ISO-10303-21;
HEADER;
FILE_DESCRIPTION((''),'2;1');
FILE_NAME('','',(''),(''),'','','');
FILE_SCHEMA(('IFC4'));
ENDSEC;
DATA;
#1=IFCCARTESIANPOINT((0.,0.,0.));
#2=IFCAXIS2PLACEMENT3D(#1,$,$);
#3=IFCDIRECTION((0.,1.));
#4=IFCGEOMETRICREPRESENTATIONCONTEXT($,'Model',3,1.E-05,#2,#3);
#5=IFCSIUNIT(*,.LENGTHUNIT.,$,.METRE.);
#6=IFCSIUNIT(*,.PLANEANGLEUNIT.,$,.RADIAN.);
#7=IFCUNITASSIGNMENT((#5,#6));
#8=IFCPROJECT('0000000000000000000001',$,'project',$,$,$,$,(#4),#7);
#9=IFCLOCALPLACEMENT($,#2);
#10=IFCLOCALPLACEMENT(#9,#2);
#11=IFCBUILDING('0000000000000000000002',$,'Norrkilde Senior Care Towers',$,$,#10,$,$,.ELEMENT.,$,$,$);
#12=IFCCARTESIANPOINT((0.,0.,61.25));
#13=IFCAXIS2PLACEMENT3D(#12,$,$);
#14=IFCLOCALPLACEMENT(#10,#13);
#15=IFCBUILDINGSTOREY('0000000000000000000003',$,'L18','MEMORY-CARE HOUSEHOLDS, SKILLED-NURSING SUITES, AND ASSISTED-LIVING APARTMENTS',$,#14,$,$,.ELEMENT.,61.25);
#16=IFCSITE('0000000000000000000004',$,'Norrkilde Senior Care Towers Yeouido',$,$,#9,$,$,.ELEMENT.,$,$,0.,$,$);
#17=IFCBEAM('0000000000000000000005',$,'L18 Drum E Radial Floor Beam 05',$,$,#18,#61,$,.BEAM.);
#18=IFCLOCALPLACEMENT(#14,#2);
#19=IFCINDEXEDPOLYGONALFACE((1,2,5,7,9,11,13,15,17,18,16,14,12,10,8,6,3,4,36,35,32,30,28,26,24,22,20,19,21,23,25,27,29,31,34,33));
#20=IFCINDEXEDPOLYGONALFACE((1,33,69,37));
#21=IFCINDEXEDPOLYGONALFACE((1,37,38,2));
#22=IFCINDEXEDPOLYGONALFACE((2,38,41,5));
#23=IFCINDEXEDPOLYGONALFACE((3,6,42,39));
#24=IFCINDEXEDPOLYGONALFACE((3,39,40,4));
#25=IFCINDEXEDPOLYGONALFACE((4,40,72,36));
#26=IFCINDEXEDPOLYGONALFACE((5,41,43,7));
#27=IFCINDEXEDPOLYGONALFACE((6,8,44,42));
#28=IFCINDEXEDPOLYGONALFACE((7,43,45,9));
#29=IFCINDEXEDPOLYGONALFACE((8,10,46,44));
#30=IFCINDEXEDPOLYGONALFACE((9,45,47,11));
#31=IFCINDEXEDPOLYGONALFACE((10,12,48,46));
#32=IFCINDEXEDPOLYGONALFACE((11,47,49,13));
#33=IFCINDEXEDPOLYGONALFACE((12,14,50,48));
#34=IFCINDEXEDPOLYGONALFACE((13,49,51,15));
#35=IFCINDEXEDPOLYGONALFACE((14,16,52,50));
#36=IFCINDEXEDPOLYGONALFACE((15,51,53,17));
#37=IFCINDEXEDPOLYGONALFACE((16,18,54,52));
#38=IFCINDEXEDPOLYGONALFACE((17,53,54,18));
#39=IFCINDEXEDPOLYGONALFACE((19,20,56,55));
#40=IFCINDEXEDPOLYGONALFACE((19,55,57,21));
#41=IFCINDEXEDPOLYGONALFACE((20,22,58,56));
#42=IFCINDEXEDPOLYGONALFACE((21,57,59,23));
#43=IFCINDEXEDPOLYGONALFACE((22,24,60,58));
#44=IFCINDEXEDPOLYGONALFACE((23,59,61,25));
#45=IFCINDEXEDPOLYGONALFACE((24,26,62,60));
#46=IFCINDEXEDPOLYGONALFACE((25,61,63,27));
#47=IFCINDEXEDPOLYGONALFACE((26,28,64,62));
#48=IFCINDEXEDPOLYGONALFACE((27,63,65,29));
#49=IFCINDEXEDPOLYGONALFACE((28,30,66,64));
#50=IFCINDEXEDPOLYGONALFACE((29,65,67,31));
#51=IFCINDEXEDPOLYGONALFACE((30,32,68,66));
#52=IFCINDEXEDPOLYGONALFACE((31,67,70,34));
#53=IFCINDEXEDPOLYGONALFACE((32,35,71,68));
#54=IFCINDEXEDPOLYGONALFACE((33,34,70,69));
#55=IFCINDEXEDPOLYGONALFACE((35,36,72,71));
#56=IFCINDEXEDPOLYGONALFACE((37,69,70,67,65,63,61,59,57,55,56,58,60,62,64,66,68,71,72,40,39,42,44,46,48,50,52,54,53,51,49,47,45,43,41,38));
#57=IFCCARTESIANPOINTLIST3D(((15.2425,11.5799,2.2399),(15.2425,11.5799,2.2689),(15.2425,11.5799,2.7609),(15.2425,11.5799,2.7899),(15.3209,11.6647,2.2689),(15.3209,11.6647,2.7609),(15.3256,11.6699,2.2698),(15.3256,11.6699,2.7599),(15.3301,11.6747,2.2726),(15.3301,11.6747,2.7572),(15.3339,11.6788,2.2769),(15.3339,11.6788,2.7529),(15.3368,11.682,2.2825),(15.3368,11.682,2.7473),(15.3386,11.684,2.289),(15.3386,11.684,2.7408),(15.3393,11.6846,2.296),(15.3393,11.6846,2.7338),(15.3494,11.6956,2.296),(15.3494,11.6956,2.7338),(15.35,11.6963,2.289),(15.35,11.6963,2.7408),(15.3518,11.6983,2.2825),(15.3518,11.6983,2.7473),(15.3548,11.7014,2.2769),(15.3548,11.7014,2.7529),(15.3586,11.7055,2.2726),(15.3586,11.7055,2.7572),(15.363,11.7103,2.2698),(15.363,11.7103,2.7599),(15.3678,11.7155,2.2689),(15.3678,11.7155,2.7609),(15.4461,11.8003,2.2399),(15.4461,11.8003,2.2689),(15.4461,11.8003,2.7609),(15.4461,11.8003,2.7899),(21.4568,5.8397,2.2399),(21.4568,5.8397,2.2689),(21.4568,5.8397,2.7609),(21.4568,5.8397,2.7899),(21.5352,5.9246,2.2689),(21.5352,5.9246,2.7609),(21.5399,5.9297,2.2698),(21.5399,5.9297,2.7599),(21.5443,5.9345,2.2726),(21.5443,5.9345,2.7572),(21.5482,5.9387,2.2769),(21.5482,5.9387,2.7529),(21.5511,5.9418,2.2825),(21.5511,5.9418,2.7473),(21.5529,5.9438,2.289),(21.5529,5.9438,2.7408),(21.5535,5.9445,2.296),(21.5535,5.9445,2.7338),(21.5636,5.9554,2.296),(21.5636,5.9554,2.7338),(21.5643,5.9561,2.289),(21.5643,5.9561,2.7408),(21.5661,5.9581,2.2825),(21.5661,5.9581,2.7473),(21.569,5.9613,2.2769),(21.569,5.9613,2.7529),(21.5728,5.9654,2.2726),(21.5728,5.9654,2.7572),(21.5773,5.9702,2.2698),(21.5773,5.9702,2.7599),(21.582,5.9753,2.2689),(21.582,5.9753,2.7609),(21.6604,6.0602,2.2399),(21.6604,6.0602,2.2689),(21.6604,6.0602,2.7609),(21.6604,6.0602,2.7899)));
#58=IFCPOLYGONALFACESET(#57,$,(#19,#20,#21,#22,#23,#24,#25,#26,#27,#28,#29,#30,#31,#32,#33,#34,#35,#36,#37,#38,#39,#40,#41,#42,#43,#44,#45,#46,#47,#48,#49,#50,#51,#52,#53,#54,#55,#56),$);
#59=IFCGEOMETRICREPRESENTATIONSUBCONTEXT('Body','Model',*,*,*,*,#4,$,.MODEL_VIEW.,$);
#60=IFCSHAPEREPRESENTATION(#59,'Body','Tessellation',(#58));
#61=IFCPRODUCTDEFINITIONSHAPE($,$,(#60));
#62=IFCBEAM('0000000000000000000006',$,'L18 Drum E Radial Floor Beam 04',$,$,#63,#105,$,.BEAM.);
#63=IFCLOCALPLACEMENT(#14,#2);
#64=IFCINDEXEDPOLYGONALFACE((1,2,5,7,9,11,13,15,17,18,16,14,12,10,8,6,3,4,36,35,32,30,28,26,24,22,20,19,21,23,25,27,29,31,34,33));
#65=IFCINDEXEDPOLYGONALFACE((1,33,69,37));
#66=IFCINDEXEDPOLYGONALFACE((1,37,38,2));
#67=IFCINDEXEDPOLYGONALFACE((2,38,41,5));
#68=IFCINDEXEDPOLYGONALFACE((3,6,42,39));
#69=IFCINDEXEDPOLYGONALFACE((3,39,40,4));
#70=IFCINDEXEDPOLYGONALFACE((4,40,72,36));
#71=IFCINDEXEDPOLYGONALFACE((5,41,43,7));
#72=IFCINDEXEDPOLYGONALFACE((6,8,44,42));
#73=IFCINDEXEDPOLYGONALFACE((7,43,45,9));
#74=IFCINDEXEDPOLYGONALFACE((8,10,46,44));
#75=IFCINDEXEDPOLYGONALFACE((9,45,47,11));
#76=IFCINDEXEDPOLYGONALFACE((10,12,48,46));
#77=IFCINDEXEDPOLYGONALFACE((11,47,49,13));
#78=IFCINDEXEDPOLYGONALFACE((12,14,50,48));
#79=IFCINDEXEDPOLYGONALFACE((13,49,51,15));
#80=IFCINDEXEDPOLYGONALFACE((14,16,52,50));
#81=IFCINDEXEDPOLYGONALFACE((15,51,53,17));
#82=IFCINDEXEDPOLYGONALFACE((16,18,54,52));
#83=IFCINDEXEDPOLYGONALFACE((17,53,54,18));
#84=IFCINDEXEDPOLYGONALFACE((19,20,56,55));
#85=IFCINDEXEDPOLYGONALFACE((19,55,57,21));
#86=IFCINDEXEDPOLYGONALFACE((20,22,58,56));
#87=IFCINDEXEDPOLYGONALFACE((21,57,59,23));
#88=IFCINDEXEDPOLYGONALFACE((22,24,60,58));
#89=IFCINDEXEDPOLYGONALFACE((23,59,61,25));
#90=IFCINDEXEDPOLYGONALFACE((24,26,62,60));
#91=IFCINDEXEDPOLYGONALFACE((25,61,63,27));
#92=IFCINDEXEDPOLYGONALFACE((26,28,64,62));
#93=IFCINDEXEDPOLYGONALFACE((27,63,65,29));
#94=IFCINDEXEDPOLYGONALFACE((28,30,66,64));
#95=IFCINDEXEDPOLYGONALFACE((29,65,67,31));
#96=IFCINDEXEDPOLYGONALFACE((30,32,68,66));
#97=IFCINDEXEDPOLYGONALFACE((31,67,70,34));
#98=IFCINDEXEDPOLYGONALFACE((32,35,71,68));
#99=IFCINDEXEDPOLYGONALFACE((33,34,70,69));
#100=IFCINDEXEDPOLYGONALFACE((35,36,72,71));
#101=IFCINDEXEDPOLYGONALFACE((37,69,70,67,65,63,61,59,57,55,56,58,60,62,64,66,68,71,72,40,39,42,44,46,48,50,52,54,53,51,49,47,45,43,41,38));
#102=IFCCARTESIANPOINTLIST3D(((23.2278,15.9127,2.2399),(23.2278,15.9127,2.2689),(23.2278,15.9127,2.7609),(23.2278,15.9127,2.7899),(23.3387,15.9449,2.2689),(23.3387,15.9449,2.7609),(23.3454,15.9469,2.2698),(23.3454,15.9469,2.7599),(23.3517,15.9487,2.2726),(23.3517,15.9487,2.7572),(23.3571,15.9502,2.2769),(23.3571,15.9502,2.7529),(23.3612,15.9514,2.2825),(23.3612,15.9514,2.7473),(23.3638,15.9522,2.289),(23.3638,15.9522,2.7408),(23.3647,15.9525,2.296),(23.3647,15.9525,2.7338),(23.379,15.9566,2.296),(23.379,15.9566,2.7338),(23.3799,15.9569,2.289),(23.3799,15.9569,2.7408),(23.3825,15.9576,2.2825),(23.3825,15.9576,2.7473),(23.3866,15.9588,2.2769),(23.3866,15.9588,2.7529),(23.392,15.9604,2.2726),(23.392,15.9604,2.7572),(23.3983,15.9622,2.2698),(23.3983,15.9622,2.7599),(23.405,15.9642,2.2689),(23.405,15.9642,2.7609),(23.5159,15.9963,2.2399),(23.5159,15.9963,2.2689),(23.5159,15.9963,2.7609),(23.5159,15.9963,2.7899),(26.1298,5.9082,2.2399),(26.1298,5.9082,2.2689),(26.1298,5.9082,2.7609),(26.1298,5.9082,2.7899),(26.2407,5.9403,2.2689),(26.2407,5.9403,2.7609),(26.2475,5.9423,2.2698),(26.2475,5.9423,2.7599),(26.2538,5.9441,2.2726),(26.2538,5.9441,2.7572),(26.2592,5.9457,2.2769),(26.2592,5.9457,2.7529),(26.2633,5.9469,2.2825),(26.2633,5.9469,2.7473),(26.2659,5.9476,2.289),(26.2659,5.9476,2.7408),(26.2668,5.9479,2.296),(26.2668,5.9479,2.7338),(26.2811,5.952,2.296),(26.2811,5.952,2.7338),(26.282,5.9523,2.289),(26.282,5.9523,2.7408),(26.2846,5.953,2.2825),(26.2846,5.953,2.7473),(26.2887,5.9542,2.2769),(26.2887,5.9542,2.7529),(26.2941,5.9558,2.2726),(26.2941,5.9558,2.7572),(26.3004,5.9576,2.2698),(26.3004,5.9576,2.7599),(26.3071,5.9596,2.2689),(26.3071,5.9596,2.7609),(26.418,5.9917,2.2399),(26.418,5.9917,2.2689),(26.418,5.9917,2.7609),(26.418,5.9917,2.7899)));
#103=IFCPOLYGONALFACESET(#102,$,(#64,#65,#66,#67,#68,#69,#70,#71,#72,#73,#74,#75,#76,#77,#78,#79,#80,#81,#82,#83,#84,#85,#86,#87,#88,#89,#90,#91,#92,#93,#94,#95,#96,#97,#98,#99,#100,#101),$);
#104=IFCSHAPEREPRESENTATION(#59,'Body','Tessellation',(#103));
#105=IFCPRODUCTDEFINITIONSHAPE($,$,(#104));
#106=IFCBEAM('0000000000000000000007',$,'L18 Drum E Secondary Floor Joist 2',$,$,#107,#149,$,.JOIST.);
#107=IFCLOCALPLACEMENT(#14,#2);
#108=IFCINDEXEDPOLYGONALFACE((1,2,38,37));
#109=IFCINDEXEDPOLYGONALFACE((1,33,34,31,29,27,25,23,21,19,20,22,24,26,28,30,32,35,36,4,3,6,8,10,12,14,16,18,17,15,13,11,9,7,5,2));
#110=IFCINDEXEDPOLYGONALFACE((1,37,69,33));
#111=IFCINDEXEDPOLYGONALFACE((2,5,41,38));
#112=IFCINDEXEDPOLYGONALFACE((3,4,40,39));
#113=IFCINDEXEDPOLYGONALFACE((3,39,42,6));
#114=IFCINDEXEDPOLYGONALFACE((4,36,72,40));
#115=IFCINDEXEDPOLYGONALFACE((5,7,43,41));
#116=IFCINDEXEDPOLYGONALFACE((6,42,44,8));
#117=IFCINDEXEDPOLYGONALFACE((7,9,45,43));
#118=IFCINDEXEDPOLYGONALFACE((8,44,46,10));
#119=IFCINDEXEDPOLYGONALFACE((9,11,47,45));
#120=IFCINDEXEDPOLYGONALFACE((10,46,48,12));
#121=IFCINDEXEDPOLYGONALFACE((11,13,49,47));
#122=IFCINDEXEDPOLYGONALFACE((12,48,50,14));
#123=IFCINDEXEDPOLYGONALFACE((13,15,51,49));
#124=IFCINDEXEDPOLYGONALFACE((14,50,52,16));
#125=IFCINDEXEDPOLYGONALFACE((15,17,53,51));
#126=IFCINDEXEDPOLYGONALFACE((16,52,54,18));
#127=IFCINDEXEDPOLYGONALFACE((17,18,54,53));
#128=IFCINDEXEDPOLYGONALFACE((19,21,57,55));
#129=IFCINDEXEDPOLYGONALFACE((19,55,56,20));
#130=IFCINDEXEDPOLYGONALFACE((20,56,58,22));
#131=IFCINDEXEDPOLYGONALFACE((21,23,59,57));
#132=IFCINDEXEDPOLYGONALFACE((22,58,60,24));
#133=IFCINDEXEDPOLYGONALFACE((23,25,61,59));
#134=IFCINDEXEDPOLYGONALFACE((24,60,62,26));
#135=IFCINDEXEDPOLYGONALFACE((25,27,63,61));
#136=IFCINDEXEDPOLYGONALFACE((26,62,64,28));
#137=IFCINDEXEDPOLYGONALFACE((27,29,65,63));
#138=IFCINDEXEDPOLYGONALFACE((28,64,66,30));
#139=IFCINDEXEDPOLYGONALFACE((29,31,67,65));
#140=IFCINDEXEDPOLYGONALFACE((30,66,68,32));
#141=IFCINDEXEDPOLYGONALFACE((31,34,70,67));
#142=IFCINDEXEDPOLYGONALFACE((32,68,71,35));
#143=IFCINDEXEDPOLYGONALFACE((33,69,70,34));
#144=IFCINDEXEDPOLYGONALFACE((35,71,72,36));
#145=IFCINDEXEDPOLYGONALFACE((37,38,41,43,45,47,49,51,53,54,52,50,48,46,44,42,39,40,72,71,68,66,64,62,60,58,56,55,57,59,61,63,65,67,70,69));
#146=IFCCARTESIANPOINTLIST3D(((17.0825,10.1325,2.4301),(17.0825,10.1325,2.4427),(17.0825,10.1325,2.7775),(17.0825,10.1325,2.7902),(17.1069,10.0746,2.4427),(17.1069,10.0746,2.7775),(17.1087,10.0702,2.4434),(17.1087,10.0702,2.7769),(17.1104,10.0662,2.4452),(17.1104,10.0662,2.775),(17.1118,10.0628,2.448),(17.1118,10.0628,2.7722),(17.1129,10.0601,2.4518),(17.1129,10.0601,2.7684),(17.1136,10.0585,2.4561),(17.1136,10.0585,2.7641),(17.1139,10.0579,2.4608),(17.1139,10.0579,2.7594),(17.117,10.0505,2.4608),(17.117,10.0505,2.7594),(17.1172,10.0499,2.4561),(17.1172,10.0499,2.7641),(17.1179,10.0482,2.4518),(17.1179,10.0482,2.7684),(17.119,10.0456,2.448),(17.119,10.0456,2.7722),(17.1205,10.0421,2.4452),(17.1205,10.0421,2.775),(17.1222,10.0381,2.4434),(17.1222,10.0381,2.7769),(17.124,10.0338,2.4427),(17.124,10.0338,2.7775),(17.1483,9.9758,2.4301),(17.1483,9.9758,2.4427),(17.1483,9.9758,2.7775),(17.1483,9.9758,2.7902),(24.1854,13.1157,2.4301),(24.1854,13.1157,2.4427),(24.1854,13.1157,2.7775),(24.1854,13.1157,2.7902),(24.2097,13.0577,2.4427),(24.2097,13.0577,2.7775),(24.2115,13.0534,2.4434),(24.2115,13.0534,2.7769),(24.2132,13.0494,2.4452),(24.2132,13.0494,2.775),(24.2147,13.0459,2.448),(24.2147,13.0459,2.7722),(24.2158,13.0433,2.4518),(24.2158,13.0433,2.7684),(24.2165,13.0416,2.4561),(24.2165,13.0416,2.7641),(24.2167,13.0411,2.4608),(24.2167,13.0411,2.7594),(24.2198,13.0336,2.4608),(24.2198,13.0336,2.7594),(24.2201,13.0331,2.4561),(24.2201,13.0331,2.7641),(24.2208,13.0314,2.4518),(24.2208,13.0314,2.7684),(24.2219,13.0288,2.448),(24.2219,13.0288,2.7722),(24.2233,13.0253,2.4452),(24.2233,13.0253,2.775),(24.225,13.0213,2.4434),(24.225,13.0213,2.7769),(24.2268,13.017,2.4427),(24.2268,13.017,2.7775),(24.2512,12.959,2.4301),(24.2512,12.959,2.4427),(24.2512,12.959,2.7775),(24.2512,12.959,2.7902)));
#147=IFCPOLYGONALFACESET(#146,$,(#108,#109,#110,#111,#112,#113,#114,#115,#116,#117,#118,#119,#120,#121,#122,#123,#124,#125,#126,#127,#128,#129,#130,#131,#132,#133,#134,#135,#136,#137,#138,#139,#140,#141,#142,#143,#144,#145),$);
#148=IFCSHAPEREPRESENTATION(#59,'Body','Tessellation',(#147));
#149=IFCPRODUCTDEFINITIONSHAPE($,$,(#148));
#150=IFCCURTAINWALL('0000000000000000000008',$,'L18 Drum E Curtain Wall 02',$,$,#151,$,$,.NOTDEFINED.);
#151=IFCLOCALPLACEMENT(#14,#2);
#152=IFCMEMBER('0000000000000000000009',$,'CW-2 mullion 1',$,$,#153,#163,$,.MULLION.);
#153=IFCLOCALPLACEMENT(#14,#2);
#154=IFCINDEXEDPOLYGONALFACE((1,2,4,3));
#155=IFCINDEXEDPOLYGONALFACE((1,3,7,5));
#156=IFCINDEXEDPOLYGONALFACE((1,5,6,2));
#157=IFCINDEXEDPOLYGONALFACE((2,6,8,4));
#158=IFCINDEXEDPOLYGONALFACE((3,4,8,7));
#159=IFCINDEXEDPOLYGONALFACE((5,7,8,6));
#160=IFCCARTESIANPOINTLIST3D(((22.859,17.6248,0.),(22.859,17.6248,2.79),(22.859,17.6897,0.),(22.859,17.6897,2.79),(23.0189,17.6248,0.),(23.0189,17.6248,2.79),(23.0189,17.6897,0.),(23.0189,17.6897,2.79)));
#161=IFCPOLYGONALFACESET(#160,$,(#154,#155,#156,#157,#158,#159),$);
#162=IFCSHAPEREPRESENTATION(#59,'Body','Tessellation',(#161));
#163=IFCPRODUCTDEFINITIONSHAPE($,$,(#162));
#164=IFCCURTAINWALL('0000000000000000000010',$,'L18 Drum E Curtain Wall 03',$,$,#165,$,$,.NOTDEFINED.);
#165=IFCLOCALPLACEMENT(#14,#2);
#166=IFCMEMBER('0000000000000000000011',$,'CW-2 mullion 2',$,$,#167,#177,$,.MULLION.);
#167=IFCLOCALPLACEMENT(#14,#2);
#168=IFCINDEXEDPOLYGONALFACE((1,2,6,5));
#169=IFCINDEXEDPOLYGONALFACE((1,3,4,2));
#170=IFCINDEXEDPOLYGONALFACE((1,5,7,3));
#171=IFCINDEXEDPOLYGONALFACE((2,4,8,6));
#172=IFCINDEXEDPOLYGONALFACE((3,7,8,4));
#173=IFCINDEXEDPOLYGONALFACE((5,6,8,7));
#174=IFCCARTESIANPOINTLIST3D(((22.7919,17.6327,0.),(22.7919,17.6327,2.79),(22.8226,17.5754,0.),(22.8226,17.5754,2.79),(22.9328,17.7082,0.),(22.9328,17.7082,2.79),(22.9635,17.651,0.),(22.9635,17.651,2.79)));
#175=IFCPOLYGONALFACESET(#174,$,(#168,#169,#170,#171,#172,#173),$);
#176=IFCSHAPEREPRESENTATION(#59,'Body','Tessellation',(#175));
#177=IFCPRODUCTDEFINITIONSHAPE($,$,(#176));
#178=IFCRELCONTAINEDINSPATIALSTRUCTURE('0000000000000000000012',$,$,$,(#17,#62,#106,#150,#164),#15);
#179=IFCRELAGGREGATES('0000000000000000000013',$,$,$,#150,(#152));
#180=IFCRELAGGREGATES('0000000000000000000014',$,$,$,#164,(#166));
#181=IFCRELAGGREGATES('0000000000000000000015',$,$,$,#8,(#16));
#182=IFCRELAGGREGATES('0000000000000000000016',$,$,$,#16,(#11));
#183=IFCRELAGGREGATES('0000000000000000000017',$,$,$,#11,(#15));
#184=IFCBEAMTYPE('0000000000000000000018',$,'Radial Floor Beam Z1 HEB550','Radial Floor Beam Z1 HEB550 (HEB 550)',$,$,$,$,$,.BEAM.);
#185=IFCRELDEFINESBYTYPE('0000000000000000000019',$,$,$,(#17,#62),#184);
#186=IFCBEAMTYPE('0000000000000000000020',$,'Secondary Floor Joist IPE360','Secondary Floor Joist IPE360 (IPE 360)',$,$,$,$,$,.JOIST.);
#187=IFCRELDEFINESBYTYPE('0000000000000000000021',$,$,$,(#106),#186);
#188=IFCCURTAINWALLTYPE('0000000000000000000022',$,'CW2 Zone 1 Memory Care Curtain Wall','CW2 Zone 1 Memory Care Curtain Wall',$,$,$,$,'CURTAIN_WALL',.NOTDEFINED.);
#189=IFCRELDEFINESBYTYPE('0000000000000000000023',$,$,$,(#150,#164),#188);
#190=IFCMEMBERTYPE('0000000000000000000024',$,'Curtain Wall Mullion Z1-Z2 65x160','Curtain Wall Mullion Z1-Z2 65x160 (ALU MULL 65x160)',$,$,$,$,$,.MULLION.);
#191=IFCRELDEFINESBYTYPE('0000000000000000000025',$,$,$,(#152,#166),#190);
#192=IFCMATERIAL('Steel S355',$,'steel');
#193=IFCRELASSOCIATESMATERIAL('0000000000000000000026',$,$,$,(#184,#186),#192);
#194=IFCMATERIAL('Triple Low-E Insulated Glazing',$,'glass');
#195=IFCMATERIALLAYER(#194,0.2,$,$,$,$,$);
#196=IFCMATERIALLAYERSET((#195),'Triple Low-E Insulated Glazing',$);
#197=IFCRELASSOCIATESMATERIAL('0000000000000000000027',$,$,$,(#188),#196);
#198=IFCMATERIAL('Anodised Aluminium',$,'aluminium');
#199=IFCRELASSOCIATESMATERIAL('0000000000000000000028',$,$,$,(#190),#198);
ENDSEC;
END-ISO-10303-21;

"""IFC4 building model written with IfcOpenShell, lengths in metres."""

from ifc_helpers import new_model, si_unit, direction, frame, origin, origin_2d, place, context, subcontext, project, spatial, rectangle, i_section, extrude, source, transform, mapped, material, layer, layer_set, material_profile, profile_set, type_object, type_shapes, element, aggregate, save


model = new_model("IFC4")

# Units and contexts
model_context = context("Model", 3, precision=1e-05, world=origin(), true_north=direction((0.0, 1.0)))
body_context = subcontext(model_context, "Body", "Model", "MODEL_VIEW")
ifc_project = project(units=[si_unit("LENGTHUNIT", "METRE"), si_unit("PLANEANGLEUNIT", "RADIAN")], contexts=[model_context])

# Site, building, storey
site_placement = place(None, origin())
site = spatial("IfcSite", under=ifc_project, at=site_placement, Name="Norrkilde Senior Care Towers Yeouido", CompositionType="ELEMENT", RefElevation=0.0)
building_placement = place(site_placement, origin())
building = spatial("IfcBuilding", under=site, at=building_placement, Name="Norrkilde Senior Care Towers", CompositionType="ELEMENT")
storey_placement = place(building_placement, frame((0.0, 0.0, 61.25)))
storey = spatial("IfcBuildingStorey", under=building, at=storey_placement, Name="L18", Description="MEMORY-CARE HOUSEHOLDS, SKILLED-NURSING SUITES, AND ASSISTED-LIVING APARTMENTS", CompositionType="ELEMENT", Elevation=61.25)

# Beams
ifc_material_1 = material(Name="Steel S355", Category="steel")
ifc_material_profile_1 = material_profile(ifc_material_1, i_section(OverallWidth=0.3, OverallDepth=0.55, WebThickness=0.0149, FlangeThickness=0.0291, FilletRadius=0.0271, at=origin_2d()), Name="HEB 550")
ifc_profile_set_1 = profile_set([ifc_material_profile_1], Name="Steel S355")
beam_type_1 = type_object("IfcBeamType", Name="Radial Floor Beam Z1 HEB550", Description="Radial Floor Beam Z1 HEB550 (HEB 550)", PredefinedType="BEAM", material=ifc_profile_set_1)
shared_shape_1 = source(origin(), body_context, "Body", "SweptSolid", [
    extrude(i_section(OverallWidth=0.3, OverallDepth=0.55, WebThickness=0.0149, FlangeThickness=0.0291, FilletRadius=0.0271, at=origin_2d()), origin(), (0.0, 0.0, 1.0), 8.4597),
])
beam_1_placement = place(storey_placement, frame((21.5586, 5.95, 2.5149), z_axis=(-0.734573, 0.678529, 0.0), x_axis=(-0.678529, -0.734573, 0.0)))
element("IfcBeam", 1, at=beam_1_placement, inside=storey, type_object=beam_type_1, Name="L18 Drum E Radial Floor Beam 05", PredefinedType="BEAM", context=body_context, shape_type="MappedRepresentation", body=[
    mapped(shared_shape_1, transform((0.0, 0.0, 0.0), x_axis=(1.0, 0.0, 0.0), y_axis=(0.0, 1.0, 0.0), z_axis=(0.0, 0.0, 1.0), scale=1.0)),
])
shared_shape_2 = source(origin(), body_context, "Body", "SweptSolid", [
    extrude(i_section(OverallWidth=0.3, OverallDepth=0.55, WebThickness=0.0149, FlangeThickness=0.0291, FilletRadius=0.0271, at=origin_2d()), origin(), (0.0, 0.0, 1.0), 10.417),
])
beam_2_placement = place(storey_placement, frame((26.2739, 5.95, 2.5149), z_axis=(-0.278591, 0.96041, 0.0), x_axis=(-0.96041, -0.278591, 0.0)))
element("IfcBeam", 2, at=beam_2_placement, inside=storey, type_object=beam_type_1, Name="L18 Drum E Radial Floor Beam 04", PredefinedType="BEAM", context=body_context, shape_type="MappedRepresentation", body=[
    mapped(shared_shape_2, transform((0.0, 0.0, 0.0), x_axis=(1.0, 0.0, 0.0), y_axis=(0.0, 1.0, 0.0), z_axis=(0.0, 0.0, 1.0), scale=1.0)),
])
ifc_material_profile_2 = material_profile(ifc_material_1, i_section(OverallWidth=0.1699, OverallDepth=0.3601, WebThickness=0.0081, FlangeThickness=0.0127, FilletRadius=0.0181, at=origin_2d()), Name="IPE 360")
ifc_profile_set_2 = profile_set([ifc_material_profile_2], Name="Steel S355")
beam_type_2 = type_object("IfcBeamType", Name="Secondary Floor Joist IPE360", Description="Secondary Floor Joist IPE360 (IPE 360)", PredefinedType="JOIST", material=ifc_profile_set_2)
shared_shape_3 = source(origin(), body_context, "Body", "SweptSolid", [
    extrude(i_section(OverallWidth=0.1699, OverallDepth=0.3601, WebThickness=0.0081, FlangeThickness=0.0127, FilletRadius=0.0181, at=origin_2d()), origin(), (0.0, 0.0, 1.0), 7.7039),
])
type_shapes(beam_type_2, [shared_shape_3])
beam_3_placement = place(storey_placement, frame((24.2183, 13.0374, 2.6101), z_axis=(-0.921983, -0.387231, 0.0), x_axis=(0.387231, -0.921983, 0.0)))
element("IfcBeam", 3, at=beam_3_placement, inside=storey, type_object=beam_type_2, Name="L18 Drum E Secondary Floor Joist 2", PredefinedType="JOIST", context=body_context, shape_type="MappedRepresentation", body=[
    mapped(shared_shape_3, transform((0.0, 0.0, 0.0), x_axis=(1.0, 0.0, 0.0), y_axis=(0.0, 1.0, 0.0), z_axis=(0.0, 0.0, 1.0), scale=1.0)),
])

# Curtain walls, members
ifc_material_2 = material(Name="Triple Low-E Insulated Glazing", Category="glass")
ifc_layer_1 = layer(ifc_material_2, 0.2)
ifc_layer_set_1 = layer_set([ifc_layer_1], Name="Triple Low-E Insulated Glazing")
curtain_wall_type = type_object("IfcCurtainWallType", Name="CW2 Zone 1 Memory Care Curtain Wall", Description="CW2 Zone 1 Memory Care Curtain Wall", ElementType="CURTAIN_WALL", PredefinedType="NOTDEFINED", material=ifc_layer_set_1)
curtain_wall_1_placement = place(storey_placement, origin())
curtain_wall_1 = element("IfcCurtainWall", 4, at=curtain_wall_1_placement, inside=storey, type_object=curtain_wall_type, Name="L18 Drum E Curtain Wall 02", PredefinedType="NOTDEFINED")
ifc_material_3 = material(Name="Anodised Aluminium", Category="aluminium")
ifc_material_profile_3 = material_profile(ifc_material_3, rectangle(XDim=0.0649, YDim=0.1599, at=origin_2d()), Name="ALU MULL 65x160")
ifc_profile_set_3 = profile_set([ifc_material_profile_3], Name="Anodised Aluminium")
member_type_1 = type_object("IfcMemberType", Name="Curtain Wall Mullion Z1-Z2 65x160", Description="Curtain Wall Mullion Z1-Z2 65x160 (ALU MULL 65x160)", PredefinedType="MULLION", material=ifc_profile_set_3)
shared_shape_4 = source(origin(), body_context, "Body", "SweptSolid", [
    extrude(rectangle(XDim=0.0649, YDim=0.1599, at=origin_2d()), origin(), (0.0, 0.0, 1.0), 2.79),
])
type_shapes(member_type_1, [shared_shape_4])
member_1_placement = place(storey_placement, frame((22.939, 17.6572, 0.0), z_axis=(0.0, 0.0, 1.0), x_axis=(0.0, 1.0, 0.0)))
member_1 = element("IfcMember", 5, at=member_1_placement, type_object=member_type_1, Name="CW-2 mullion 1", PredefinedType="MULLION", context=body_context, shape_type="MappedRepresentation", body=[
    mapped(shared_shape_4, transform((0.0, 0.0, 0.0), x_axis=(1.0, 0.0, 0.0), y_axis=(0.0, 1.0, 0.0), z_axis=(0.0, 0.0, 1.0), scale=1.0)),
])
curtain_wall_2_placement = place(storey_placement, origin())
curtain_wall_2 = element("IfcCurtainWall", 6, at=curtain_wall_2_placement, inside=storey, type_object=curtain_wall_type, Name="L18 Drum E Curtain Wall 03", PredefinedType="NOTDEFINED")
member_2_placement = place(storey_placement, frame((22.8777, 17.6418, 0.0), z_axis=(0.0, 0.0, 1.0), x_axis=(-0.472608, 0.881273, 0.0)))
member_2 = element("IfcMember", 7, at=member_2_placement, type_object=member_type_1, Name="CW-2 mullion 2", PredefinedType="MULLION", context=body_context, shape_type="MappedRepresentation", body=[
    mapped(shared_shape_4, transform((0.0, 0.0, 0.0), x_axis=(1.0, 0.0, 0.0), y_axis=(0.0, 1.0, 0.0), z_axis=(0.0, 0.0, 1.0), scale=1.0)),
])

aggregate(curtain_wall_1, [member_1])

aggregate(curtain_wall_2, [member_2])

save(model, "model.ifc")
